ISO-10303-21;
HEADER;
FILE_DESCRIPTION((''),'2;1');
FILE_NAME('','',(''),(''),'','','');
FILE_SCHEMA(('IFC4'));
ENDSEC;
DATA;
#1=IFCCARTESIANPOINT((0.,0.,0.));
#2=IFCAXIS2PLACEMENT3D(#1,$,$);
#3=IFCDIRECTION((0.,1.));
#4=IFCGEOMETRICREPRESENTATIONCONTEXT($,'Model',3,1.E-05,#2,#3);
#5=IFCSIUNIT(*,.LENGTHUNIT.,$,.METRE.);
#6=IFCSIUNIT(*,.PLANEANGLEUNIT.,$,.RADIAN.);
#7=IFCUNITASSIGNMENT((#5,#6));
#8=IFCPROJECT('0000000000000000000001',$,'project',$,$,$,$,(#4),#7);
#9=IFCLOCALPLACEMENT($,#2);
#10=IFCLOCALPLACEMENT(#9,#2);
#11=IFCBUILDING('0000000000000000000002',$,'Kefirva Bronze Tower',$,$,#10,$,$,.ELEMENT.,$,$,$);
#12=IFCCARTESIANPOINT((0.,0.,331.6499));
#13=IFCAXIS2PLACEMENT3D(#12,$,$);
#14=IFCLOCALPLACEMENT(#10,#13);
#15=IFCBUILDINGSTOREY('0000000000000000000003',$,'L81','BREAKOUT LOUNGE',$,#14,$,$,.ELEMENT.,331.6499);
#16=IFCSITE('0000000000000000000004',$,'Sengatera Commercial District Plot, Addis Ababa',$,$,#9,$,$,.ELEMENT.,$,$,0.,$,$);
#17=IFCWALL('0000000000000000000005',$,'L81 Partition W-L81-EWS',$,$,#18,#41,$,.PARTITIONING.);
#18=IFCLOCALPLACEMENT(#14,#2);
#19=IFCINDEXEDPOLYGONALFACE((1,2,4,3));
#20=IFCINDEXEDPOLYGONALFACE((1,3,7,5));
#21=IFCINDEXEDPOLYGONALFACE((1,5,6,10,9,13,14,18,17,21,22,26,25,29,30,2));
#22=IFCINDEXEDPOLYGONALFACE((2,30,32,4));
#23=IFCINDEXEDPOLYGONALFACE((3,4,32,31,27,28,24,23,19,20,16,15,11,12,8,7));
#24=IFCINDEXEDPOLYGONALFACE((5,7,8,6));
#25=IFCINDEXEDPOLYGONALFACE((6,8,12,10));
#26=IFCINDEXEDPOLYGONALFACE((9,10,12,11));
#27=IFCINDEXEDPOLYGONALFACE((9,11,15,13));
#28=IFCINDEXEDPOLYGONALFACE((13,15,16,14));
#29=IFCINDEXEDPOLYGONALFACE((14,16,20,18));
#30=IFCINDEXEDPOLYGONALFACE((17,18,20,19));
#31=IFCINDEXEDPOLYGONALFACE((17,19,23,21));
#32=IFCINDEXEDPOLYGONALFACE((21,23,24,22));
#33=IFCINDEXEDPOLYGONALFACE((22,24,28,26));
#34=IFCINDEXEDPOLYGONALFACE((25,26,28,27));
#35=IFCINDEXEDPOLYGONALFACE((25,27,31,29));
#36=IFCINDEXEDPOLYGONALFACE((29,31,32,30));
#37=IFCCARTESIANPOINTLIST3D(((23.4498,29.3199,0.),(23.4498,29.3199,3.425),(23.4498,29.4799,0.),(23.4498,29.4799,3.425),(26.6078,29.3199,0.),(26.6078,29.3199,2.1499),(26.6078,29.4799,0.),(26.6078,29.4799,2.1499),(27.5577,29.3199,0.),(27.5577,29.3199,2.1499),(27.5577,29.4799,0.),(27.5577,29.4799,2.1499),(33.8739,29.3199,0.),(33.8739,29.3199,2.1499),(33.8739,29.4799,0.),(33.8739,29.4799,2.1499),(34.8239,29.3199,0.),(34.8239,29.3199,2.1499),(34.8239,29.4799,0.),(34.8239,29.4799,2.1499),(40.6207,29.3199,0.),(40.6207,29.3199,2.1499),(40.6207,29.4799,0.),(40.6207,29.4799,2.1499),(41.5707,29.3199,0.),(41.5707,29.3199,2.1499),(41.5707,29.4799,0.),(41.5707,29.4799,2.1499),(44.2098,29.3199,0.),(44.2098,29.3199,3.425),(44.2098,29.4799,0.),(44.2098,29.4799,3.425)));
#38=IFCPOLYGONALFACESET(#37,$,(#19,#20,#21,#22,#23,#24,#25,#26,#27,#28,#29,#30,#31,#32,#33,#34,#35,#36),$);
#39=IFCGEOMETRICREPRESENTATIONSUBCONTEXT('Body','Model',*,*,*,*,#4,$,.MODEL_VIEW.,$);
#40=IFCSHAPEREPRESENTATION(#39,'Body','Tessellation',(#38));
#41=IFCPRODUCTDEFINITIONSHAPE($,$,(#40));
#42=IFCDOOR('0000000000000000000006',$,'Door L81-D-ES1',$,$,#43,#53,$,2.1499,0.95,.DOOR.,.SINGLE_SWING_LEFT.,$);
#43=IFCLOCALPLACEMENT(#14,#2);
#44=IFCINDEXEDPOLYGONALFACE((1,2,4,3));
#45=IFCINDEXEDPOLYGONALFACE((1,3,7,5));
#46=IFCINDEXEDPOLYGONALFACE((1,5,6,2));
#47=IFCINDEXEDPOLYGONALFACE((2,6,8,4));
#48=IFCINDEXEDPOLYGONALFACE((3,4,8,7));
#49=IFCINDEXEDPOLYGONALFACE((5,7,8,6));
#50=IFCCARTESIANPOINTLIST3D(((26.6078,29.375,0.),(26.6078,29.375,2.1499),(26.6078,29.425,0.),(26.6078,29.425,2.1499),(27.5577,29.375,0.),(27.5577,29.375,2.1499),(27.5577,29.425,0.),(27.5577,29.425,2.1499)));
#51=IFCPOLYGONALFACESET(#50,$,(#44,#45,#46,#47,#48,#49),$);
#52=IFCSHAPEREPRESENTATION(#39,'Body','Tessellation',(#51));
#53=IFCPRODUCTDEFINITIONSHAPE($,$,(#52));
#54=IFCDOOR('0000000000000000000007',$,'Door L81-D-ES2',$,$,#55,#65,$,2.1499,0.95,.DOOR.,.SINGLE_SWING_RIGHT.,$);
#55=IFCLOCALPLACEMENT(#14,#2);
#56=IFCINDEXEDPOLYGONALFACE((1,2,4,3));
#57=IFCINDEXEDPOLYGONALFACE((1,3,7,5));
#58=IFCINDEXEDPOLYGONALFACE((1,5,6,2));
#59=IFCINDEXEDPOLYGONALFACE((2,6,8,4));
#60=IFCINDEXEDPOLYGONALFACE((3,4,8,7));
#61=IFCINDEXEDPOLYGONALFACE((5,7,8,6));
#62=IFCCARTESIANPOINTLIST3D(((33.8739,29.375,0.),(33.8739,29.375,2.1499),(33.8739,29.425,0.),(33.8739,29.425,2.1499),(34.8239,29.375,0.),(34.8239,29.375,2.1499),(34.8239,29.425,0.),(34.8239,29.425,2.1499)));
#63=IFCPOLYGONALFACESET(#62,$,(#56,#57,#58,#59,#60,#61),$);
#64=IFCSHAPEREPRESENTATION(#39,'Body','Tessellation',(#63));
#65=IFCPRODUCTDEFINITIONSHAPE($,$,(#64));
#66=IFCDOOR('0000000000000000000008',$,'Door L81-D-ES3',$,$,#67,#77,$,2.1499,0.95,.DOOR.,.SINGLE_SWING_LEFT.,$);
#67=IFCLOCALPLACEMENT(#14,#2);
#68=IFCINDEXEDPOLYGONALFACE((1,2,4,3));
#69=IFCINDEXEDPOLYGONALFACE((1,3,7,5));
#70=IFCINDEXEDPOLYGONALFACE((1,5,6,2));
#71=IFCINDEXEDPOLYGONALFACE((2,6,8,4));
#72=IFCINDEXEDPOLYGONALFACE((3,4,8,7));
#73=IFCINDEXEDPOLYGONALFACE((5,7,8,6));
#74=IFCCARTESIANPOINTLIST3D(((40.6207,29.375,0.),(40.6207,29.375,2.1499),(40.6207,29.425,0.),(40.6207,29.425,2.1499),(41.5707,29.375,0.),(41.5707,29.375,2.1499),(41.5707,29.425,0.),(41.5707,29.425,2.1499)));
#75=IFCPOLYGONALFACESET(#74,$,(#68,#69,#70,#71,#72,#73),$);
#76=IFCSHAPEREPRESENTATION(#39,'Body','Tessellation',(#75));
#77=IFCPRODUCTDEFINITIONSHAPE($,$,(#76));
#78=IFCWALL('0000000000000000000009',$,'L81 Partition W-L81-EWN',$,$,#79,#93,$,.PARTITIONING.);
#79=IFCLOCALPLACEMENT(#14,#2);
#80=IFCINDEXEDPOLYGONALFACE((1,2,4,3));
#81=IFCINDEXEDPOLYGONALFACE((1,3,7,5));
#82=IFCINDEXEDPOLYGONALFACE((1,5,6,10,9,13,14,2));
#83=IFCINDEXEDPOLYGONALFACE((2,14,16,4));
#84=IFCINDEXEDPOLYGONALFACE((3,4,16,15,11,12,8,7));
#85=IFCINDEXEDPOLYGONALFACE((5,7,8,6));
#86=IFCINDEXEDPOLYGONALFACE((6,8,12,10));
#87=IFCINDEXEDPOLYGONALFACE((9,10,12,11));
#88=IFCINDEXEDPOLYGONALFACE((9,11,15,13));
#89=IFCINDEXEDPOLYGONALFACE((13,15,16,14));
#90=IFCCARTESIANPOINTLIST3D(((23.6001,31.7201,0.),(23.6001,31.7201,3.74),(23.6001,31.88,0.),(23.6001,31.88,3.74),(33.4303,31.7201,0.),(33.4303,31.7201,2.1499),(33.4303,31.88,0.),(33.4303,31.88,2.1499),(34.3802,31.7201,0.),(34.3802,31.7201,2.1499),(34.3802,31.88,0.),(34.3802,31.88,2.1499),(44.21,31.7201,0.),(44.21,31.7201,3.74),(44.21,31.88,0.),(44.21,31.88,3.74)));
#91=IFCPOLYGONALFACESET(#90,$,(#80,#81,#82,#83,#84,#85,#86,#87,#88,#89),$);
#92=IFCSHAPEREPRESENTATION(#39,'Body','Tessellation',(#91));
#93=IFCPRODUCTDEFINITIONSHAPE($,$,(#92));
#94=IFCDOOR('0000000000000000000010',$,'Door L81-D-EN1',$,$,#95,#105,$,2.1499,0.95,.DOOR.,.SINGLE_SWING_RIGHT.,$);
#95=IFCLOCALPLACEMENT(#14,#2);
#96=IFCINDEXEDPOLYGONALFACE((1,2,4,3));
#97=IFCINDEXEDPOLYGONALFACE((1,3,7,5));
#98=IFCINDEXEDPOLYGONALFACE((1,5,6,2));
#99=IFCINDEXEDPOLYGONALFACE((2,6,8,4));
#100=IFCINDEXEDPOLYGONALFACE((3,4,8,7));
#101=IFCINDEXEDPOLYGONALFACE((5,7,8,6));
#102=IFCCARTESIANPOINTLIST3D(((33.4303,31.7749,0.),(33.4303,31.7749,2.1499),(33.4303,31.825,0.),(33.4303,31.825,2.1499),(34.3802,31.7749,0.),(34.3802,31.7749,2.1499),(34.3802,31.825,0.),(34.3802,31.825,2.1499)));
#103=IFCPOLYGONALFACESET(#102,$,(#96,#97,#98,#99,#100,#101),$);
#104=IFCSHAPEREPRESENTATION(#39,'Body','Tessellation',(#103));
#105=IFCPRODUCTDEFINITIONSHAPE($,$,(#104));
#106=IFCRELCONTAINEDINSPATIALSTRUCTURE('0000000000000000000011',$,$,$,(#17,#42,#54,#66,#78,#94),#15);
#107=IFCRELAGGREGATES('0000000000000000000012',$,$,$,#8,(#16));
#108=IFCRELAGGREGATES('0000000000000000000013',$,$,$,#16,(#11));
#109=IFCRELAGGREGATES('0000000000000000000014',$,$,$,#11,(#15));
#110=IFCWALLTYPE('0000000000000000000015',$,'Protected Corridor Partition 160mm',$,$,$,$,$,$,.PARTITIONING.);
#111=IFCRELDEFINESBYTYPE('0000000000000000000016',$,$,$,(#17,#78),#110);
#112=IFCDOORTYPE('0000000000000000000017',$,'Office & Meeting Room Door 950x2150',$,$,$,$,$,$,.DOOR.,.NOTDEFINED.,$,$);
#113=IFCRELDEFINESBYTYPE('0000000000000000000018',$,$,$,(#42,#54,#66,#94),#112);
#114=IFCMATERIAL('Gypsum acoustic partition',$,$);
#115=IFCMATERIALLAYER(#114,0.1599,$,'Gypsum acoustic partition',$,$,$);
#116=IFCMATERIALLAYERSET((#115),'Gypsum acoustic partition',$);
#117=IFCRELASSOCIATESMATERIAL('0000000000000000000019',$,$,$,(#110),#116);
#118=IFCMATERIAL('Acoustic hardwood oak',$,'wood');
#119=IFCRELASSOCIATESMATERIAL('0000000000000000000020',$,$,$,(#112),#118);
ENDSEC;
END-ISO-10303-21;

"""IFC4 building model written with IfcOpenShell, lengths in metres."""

from ifc_helpers import new_model, si_unit, direction, frame, frame_2d, origin, place, context, subcontext, project, spatial, rectangle, extrude, material, layer, layer_set, type_object, element, fill, save


model = new_model("IFC4")

# Units and contexts
model_context = context("Model", 3, precision=1e-05, world=origin(), true_north=direction((0.0, 1.0)))
body_context = subcontext(model_context, "Body", "Model", "MODEL_VIEW")
ifc_project = project(units=[si_unit("LENGTHUNIT", "METRE"), si_unit("PLANEANGLEUNIT", "RADIAN")], contexts=[model_context])

# Site, building, storey
site_placement = place(None, origin())
site = spatial("IfcSite", under=ifc_project, at=site_placement, Name="Sengatera Commercial District Plot, Addis Ababa", CompositionType="ELEMENT", RefElevation=0.0)
building_placement = place(site_placement, origin())
building = spatial("IfcBuilding", under=site, at=building_placement, Name="Kefirva Bronze Tower", CompositionType="ELEMENT")
storey_placement = place(building_placement, frame((0.0, 0.0, 331.6499)))
storey = spatial("IfcBuildingStorey", under=building, at=storey_placement, Name="L81", Description="BREAKOUT LOUNGE", CompositionType="ELEMENT", Elevation=331.6499)

# Wall, openings, doors
ifc_material_1 = material(Name="Gypsum acoustic partition")
ifc_layer = layer(ifc_material_1, 0.1599, Name="Gypsum acoustic partition")
ifc_layer_set = layer_set([ifc_layer], Name="Gypsum acoustic partition")
wall_type = type_object("IfcWallType", Name="Protected Corridor Partition 160mm", PredefinedType="PARTITIONING", material=ifc_layer_set)
wall_1_placement = place(storey_placement, frame((23.45, 29.3999, 0.0), z_axis=(0.0, 0.0, 1.0), x_axis=(1.0, 0.0, 0.0)))
wall_1 = element("IfcWall", 1, at=wall_1_placement, inside=storey, type_object=wall_type, Name="L81 Partition W-L81-EWS", PredefinedType="PARTITIONING", context=body_context, shape_type="SweptSolid", body=[
    extrude(rectangle(XDim=20.76, YDim=0.1599, at=frame_2d((10.3799, 0.0))), origin(), (0.0, 0.0, 1.0), 3.425),
])
opening_1_placement = place(wall_1_placement, frame((4.1079, 0.0, 0.0), z_axis=(0.0, 0.0, 1.0), x_axis=(-1.0, 0.0, 0.0)))
opening_1 = element("IfcOpeningElement", 2, at=opening_1_placement, cuts=wall_1, PredefinedType="OPENING", context=body_context, shape_type="SweptSolid", body=[
    extrude(rectangle(XDim=0.95, YDim=2.1499, at=frame_2d((0.4751, 1.075))), frame((0.0, 0.0898, 0.0), z_axis=(0.0, -1.0, 0.0), x_axis=(1.0, 0.0, 0.0)), (0.0, 0.0, 1.0), 0.1799),
])
opening_2_placement = place(wall_1_placement, frame((11.374, 0.0, 0.0), z_axis=(0.0, 0.0, 1.0), x_axis=(-1.0, 0.0, 0.0)))
opening_2 = element("IfcOpeningElement", 3, at=opening_2_placement, cuts=wall_1, PredefinedType="OPENING", context=body_context, shape_type="SweptSolid", body=[
    extrude(rectangle(XDim=0.95, YDim=2.1499, at=frame_2d((0.4751, 1.075))), frame((0.0, 0.0898, 0.0), z_axis=(0.0, -1.0, 0.0), x_axis=(1.0, 0.0, 0.0)), (0.0, 0.0, 1.0), 0.1799),
])
opening_3_placement = place(wall_1_placement, frame((18.1208, 0.0, 0.0), z_axis=(0.0, 0.0, 1.0), x_axis=(-1.0, 0.0, 0.0)))
opening_3 = element("IfcOpeningElement", 4, at=opening_3_placement, cuts=wall_1, PredefinedType="OPENING", context=body_context, shape_type="SweptSolid", body=[
    extrude(rectangle(XDim=0.95, YDim=2.1499, at=frame_2d((0.4751, 1.075))), frame((0.0, 0.0898, 0.0), z_axis=(0.0, -1.0, 0.0), x_axis=(1.0, 0.0, 0.0)), (0.0, 0.0, 1.0), 0.1799),
])
ifc_material_2 = material(Name="Acoustic hardwood oak", Category="wood")
door_type = type_object("IfcDoorType", Name="Office & Meeting Room Door 950x2150", OperationType="NOTDEFINED", PredefinedType="DOOR", material=ifc_material_2)
door_1_placement = place(opening_1_placement, origin())
door_1 = element("IfcDoor", 5, at=door_1_placement, inside=storey, type_object=door_type, Name="Door L81-D-ES1", OperationType="SINGLE_SWING_LEFT", OverallHeight=2.1499, OverallWidth=0.95, PredefinedType="DOOR", context=body_context, shape_type="SweptSolid", body=[
    extrude(rectangle(XDim=0.95, YDim=2.1499, at=frame_2d((0.4751, 1.075))), frame((0.0, 0.0249, 0.0), z_axis=(0.0, -1.0, 0.0), x_axis=(1.0, 0.0, 0.0)), (0.0, 0.0, 1.0), 0.05),
])
fill(opening_1, door_1)
door_2_placement = place(opening_2_placement, origin())
door_2 = element("IfcDoor", 6, at=door_2_placement, inside=storey, type_object=door_type, Name="Door L81-D-ES2", OperationType="SINGLE_SWING_RIGHT", OverallHeight=2.1499, OverallWidth=0.95, PredefinedType="DOOR", context=body_context, shape_type="SweptSolid", body=[
    extrude(rectangle(XDim=0.95, YDim=2.1499, at=frame_2d((0.4751, 1.075))), frame((0.0, 0.0249, 0.0), z_axis=(0.0, -1.0, 0.0), x_axis=(1.0, 0.0, 0.0)), (0.0, 0.0, 1.0), 0.05),
])
fill(opening_2, door_2)
door_3_placement = place(opening_3_placement, origin())
door_3 = element("IfcDoor", 7, at=door_3_placement, inside=storey, type_object=door_type, Name="Door L81-D-ES3", OperationType="SINGLE_SWING_LEFT", OverallHeight=2.1499, OverallWidth=0.95, PredefinedType="DOOR", context=body_context, shape_type="SweptSolid", body=[
    extrude(rectangle(XDim=0.95, YDim=2.1499, at=frame_2d((0.4751, 1.075))), frame((0.0, 0.0249, 0.0), z_axis=(0.0, -1.0, 0.0), x_axis=(1.0, 0.0, 0.0)), (0.0, 0.0, 1.0), 0.05),
])
fill(opening_3, door_3)

# Wall, opening, door
wall_2_placement = place(storey_placement, frame((23.6001, 31.8, 0.0), z_axis=(0.0, 0.0, 1.0), x_axis=(1.0, 0.0, 0.0)))
wall_2 = element("IfcWall", 8, at=wall_2_placement, inside=storey, type_object=wall_type, Name="L81 Partition W-L81-EWN", PredefinedType="PARTITIONING", context=body_context, shape_type="SweptSolid", body=[
    extrude(rectangle(XDim=20.6099, YDim=0.1599, at=frame_2d((10.3049, 0.0))), origin(), (0.0, 0.0, 1.0), 3.74),
])
opening_4_placement = place(wall_2_placement, frame((9.8301, 0.0, 0.0)))
opening_4 = element("IfcOpeningElement", 9, at=opening_4_placement, cuts=wall_2, PredefinedType="OPENING", context=body_context, shape_type="SweptSolid", body=[
    extrude(rectangle(XDim=0.95, YDim=2.1499, at=frame_2d((0.4751, 1.075))), frame((0.0, 0.0898, 0.0), z_axis=(0.0, -1.0, 0.0), x_axis=(1.0, 0.0, 0.0)), (0.0, 0.0, 1.0), 0.1799),
])
door_4_placement = place(opening_4_placement, origin())
door_4 = element("IfcDoor", 10, at=door_4_placement, inside=storey, type_object=door_type, Name="Door L81-D-EN1", OperationType="SINGLE_SWING_RIGHT", OverallHeight=2.1499, OverallWidth=0.95, PredefinedType="DOOR", context=body_context, shape_type="SweptSolid", body=[
    extrude(rectangle(XDim=0.95, YDim=2.1499, at=frame_2d((0.4751, 1.075))), frame((0.0, 0.0249, 0.0), z_axis=(0.0, -1.0, 0.0), x_axis=(1.0, 0.0, 0.0)), (0.0, 0.0, 1.0), 0.05),
])
fill(opening_4, door_4)

save(model, "model.ifc")
